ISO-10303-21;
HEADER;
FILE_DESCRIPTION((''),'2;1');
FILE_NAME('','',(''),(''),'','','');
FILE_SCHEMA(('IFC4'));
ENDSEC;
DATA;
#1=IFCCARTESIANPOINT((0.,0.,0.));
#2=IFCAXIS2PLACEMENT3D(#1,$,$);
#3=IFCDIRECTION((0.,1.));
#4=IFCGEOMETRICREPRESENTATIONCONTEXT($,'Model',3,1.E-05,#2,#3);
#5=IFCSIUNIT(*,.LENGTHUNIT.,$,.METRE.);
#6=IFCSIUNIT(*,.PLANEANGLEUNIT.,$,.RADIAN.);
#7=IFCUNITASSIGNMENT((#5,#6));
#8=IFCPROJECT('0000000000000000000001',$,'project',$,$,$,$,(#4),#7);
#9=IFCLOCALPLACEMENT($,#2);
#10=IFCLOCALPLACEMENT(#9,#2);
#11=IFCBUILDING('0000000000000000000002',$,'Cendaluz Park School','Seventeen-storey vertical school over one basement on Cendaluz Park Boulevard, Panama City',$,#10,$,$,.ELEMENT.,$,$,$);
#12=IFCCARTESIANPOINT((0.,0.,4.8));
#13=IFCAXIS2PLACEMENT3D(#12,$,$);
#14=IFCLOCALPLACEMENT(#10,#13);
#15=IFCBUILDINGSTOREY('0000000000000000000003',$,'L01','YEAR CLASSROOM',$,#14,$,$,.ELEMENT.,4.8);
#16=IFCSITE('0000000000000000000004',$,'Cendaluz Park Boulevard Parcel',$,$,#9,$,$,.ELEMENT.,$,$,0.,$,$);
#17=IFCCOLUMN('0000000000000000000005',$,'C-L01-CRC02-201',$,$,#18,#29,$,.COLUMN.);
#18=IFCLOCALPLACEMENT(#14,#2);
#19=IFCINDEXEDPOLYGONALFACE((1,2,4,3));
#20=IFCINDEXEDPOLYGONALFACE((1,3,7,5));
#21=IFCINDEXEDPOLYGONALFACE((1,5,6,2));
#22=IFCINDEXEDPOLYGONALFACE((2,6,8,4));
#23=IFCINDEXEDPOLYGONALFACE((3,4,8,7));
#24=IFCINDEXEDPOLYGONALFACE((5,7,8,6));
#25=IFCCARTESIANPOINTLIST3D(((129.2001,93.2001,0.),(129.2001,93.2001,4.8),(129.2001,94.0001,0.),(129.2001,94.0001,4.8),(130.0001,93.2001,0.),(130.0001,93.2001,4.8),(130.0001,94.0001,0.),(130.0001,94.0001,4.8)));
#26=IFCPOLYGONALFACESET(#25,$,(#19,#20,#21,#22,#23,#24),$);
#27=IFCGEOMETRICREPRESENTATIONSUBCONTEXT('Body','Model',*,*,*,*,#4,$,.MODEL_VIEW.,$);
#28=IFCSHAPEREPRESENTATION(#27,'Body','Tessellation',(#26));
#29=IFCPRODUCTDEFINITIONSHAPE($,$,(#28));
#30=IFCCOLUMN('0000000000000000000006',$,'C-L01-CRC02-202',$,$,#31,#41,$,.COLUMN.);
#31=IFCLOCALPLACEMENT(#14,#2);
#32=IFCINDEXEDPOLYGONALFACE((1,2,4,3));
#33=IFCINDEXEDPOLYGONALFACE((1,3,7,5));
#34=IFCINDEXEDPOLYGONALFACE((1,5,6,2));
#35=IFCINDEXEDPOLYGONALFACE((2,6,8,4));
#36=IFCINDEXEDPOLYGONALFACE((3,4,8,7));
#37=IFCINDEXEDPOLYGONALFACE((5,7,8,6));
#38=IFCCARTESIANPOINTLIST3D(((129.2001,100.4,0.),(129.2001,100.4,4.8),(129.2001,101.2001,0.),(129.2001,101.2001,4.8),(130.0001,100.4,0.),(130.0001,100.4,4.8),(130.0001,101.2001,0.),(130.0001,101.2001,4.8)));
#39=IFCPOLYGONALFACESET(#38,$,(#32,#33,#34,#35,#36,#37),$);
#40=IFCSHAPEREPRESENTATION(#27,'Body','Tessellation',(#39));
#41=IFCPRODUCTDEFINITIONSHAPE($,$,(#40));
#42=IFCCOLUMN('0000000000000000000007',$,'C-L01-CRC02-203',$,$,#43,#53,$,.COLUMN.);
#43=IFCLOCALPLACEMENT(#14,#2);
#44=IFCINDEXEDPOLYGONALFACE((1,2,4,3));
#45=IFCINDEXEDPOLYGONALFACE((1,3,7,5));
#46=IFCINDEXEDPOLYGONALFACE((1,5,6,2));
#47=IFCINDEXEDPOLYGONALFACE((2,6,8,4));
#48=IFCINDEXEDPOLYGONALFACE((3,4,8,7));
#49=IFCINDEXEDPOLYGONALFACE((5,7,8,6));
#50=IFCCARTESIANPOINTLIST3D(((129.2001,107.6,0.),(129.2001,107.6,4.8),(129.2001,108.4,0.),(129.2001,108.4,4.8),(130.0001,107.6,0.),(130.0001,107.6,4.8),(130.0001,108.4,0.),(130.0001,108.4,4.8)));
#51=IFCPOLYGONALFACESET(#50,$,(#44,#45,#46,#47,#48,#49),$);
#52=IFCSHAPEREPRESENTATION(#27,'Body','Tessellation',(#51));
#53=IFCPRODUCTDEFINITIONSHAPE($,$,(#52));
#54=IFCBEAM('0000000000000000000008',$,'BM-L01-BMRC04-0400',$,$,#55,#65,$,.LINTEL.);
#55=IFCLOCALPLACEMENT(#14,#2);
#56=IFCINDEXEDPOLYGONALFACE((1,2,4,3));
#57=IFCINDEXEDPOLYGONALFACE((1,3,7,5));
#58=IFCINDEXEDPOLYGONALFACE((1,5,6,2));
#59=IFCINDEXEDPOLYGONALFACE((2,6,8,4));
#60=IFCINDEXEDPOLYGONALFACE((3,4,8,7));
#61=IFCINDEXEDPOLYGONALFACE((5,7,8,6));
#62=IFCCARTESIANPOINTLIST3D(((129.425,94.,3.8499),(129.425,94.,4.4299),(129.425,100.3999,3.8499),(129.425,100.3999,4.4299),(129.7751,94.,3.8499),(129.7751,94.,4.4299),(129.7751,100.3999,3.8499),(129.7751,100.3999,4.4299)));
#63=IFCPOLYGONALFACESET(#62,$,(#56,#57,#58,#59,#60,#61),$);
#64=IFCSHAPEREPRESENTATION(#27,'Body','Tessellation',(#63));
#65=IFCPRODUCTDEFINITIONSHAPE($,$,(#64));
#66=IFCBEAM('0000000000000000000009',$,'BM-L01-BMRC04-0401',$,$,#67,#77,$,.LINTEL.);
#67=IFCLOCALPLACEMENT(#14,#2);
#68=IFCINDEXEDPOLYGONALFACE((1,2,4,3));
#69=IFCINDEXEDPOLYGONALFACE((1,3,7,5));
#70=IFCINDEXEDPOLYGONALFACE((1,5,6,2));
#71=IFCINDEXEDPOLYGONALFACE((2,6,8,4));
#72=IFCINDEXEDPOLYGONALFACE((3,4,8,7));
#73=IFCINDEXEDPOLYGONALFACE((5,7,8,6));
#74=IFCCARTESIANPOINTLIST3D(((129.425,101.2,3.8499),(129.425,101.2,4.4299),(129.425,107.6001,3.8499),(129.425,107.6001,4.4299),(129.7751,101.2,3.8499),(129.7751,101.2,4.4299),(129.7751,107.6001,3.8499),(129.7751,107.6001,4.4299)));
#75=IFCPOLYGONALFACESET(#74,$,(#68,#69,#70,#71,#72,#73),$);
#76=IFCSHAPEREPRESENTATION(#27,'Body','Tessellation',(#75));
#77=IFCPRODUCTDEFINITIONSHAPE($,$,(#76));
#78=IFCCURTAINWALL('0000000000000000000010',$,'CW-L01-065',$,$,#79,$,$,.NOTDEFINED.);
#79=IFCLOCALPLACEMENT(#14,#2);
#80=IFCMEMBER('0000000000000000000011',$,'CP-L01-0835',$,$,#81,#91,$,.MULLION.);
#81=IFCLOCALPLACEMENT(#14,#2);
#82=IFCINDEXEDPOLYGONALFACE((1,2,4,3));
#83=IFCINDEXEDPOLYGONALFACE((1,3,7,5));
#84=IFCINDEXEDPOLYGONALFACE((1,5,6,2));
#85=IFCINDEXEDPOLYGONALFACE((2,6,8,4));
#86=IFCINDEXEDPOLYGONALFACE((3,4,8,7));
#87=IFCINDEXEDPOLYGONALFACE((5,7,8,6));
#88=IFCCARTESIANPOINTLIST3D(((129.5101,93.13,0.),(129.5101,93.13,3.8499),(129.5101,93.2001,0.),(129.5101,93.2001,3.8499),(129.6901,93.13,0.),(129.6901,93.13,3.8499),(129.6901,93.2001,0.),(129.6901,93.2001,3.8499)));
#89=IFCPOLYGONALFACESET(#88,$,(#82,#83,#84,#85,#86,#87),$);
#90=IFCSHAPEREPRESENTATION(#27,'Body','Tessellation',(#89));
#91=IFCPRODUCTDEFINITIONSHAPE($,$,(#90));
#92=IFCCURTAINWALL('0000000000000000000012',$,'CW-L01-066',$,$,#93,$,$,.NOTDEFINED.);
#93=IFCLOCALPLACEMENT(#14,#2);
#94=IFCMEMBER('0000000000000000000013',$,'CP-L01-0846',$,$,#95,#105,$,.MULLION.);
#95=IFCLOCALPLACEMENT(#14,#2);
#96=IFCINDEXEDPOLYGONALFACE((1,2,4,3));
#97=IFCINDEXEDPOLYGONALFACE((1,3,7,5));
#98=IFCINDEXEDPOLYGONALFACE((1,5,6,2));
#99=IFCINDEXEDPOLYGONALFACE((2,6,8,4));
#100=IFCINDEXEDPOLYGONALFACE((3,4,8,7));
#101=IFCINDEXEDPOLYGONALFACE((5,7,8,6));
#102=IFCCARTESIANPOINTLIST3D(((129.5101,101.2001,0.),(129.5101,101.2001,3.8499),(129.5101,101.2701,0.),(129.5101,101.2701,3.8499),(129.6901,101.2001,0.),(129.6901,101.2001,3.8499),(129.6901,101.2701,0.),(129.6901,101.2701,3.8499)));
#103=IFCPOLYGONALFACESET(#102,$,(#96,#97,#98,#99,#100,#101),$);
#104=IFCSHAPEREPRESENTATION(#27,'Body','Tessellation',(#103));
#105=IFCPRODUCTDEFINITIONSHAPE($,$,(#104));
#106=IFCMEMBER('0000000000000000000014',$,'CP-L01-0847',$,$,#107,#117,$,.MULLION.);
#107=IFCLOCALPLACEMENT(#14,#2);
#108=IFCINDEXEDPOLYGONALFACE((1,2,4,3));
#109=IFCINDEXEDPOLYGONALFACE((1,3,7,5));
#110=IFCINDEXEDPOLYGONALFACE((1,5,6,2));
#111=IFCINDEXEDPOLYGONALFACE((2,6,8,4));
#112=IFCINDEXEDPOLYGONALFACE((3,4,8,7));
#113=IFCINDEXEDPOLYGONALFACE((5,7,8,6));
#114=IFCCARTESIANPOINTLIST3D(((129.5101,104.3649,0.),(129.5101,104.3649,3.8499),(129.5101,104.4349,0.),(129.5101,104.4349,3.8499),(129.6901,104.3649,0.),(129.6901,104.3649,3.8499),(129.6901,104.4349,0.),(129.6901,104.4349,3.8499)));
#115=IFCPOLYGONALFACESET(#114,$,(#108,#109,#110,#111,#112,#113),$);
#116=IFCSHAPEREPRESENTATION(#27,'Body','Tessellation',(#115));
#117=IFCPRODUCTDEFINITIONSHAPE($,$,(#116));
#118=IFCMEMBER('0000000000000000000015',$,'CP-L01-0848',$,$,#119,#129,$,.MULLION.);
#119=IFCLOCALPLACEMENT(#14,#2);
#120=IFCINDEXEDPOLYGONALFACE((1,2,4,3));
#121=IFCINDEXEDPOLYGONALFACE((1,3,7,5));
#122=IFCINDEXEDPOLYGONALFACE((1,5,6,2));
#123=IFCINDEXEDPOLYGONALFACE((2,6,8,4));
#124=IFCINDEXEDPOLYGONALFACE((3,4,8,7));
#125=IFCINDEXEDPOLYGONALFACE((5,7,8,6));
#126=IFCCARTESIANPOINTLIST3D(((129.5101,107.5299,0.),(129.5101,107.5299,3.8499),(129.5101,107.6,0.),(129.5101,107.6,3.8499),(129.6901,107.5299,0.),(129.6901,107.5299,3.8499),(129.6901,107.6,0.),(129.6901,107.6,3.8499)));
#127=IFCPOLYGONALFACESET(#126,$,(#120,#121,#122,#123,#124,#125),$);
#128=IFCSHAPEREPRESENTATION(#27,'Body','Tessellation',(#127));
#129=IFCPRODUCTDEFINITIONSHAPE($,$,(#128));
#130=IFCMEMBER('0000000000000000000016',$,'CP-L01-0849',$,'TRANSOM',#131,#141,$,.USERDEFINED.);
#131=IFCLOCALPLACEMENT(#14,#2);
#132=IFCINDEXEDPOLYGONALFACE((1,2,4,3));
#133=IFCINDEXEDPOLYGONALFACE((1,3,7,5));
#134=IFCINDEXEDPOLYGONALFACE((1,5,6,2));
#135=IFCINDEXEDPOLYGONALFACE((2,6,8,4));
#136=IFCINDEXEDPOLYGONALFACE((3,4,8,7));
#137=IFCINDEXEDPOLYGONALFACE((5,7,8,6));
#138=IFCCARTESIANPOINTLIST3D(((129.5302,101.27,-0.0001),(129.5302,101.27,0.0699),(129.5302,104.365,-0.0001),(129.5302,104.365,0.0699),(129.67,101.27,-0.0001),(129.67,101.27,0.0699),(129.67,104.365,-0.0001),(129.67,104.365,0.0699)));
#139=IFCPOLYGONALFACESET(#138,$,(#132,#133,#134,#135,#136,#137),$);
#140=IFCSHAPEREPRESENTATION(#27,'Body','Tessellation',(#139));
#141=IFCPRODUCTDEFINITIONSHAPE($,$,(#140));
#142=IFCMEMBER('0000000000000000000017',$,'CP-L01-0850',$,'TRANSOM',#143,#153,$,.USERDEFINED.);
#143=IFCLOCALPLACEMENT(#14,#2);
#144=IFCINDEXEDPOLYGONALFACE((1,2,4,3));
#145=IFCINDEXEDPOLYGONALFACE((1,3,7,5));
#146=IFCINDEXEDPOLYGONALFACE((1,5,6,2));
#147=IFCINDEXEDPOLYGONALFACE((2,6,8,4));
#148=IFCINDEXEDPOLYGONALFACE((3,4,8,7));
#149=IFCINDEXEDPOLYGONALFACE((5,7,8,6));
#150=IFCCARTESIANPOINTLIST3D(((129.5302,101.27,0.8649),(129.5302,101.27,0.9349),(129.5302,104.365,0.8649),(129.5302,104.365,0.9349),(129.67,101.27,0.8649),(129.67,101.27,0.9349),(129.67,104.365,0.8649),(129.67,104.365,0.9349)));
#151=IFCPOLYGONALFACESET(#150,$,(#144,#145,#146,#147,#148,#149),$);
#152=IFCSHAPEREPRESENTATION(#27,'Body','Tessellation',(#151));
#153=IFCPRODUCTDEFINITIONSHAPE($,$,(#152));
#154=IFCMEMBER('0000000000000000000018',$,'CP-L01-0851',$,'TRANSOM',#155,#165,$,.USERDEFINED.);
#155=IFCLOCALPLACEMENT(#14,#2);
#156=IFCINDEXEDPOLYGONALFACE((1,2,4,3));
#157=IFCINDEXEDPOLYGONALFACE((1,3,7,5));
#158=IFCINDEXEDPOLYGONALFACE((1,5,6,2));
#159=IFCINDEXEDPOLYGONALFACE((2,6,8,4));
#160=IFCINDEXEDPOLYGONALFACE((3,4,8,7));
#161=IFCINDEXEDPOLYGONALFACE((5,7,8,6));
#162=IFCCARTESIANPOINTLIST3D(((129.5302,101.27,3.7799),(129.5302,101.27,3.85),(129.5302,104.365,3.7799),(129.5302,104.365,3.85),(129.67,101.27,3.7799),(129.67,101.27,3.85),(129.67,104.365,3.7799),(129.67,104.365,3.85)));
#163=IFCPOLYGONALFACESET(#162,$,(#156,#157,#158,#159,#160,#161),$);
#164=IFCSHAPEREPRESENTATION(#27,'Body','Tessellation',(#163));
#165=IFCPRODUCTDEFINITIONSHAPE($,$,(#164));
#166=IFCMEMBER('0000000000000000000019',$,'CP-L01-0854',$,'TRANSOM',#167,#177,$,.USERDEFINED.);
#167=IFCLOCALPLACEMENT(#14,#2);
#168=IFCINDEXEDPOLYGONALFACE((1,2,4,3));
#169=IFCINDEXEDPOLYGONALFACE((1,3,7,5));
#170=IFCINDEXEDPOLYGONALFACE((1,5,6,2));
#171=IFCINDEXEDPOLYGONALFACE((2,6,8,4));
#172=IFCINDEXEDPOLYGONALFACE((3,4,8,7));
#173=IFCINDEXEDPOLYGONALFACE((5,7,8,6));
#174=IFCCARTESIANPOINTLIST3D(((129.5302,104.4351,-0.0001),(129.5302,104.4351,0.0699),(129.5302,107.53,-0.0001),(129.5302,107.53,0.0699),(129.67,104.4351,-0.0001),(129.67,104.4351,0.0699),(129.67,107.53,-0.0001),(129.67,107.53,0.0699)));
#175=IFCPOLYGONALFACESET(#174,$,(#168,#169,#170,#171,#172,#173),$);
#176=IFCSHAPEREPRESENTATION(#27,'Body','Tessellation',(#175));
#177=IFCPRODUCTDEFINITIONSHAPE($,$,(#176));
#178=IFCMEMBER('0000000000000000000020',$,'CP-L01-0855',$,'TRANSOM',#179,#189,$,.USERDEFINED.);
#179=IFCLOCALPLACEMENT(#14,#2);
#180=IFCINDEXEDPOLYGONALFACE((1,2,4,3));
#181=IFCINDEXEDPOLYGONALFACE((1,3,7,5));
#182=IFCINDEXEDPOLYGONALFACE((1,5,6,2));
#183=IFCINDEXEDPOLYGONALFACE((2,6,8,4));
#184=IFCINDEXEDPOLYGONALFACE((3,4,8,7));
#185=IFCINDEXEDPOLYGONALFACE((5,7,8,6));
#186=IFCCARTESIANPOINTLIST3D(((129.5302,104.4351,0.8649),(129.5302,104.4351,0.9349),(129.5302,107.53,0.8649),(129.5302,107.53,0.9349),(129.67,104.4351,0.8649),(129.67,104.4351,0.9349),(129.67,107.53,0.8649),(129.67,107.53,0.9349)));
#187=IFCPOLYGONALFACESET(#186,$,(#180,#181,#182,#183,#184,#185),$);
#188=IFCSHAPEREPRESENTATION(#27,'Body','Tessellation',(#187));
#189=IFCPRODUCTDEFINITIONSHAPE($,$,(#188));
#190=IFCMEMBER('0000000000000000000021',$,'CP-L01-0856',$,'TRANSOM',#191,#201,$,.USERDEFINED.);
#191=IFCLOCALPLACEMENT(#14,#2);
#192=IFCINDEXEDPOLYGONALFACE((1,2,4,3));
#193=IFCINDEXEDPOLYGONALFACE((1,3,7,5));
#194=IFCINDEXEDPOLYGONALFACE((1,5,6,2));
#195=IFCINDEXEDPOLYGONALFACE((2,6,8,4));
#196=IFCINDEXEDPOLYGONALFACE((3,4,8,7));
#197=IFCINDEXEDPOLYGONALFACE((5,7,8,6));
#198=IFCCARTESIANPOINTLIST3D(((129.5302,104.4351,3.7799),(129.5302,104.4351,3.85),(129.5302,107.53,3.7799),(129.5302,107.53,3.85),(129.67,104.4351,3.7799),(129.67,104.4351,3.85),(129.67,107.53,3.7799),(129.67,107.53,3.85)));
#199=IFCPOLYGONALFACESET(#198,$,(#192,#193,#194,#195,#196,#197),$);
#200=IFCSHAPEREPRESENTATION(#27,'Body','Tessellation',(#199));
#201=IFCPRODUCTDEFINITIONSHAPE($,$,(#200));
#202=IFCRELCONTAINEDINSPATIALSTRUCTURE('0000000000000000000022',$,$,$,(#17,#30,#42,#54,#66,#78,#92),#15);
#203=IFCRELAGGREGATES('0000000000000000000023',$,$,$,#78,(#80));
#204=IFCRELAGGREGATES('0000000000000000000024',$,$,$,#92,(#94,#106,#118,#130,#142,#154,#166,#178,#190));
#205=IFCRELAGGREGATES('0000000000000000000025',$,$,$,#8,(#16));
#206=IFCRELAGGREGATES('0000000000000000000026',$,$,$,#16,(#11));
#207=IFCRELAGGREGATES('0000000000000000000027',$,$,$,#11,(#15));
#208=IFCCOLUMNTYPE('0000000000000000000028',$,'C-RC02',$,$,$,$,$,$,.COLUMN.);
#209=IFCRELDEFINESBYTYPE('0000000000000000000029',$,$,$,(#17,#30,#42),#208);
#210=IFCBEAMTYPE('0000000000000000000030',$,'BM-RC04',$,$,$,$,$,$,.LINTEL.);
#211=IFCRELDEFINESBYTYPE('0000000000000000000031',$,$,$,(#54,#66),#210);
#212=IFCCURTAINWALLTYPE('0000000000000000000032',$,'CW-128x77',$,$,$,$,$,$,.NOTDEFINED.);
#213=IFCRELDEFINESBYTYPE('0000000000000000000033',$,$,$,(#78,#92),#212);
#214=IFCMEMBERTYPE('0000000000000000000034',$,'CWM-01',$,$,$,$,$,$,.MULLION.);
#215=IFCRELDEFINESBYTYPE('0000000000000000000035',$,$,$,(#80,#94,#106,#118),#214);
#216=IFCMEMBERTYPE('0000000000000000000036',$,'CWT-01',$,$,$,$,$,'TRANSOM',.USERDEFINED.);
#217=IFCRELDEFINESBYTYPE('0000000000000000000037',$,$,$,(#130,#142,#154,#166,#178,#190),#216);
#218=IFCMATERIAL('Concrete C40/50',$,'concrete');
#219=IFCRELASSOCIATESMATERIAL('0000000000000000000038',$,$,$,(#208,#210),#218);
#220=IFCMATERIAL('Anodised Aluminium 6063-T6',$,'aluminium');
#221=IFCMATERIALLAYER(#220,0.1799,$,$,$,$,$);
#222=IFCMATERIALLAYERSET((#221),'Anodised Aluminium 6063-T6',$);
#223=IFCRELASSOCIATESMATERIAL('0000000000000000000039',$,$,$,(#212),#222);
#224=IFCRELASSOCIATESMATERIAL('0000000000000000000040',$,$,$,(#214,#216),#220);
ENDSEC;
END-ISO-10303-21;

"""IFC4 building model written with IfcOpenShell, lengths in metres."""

from ifc_helpers import new_model, si_unit, direction, frame, origin, origin_2d, place, context, subcontext, project, spatial, rectangle, extrude, material, layer, layer_set, material_profile, profile_set, type_object, element, aggregate, save


model = new_model("IFC4")

# Units and contexts
model_context = context("Model", 3, precision=1e-05, world=origin(), true_north=direction((0.0, 1.0)))
body_context = subcontext(model_context, "Body", "Model", "MODEL_VIEW")
ifc_project = project(units=[si_unit("LENGTHUNIT", "METRE"), si_unit("PLANEANGLEUNIT", "RADIAN")], contexts=[model_context])

# Site, building, storey
site_placement = place(None, origin())
site = spatial("IfcSite", under=ifc_project, at=site_placement, Name="Cendaluz Park Boulevard Parcel", CompositionType="ELEMENT", RefElevation=0.0)
building_placement = place(site_placement, origin())
building = spatial("IfcBuilding", under=site, at=building_placement, Name="Cendaluz Park School", Description="Seventeen-storey vertical school over one basement on Cendaluz Park Boulevard, Panama City", CompositionType="ELEMENT")
storey_placement = place(building_placement, frame((0.0, 0.0, 4.8)))
storey = spatial("IfcBuildingStorey", under=building, at=storey_placement, Name="L01", Description="YEAR CLASSROOM", CompositionType="ELEMENT", Elevation=4.8)

# Columns
ifc_material_1 = material(Name="Concrete C40/50", Category="concrete")
ifc_material_profile_1 = material_profile(ifc_material_1, rectangle(XDim=0.8, YDim=0.8, at=origin_2d()), Name="RC 800x800", Category="concrete")
ifc_profile_set_1 = profile_set([ifc_material_profile_1], Name="Concrete C40/50")
column_type = type_object("IfcColumnType", Name="C-RC02", PredefinedType="COLUMN", material=ifc_profile_set_1)
for number, where, z_axis, x_axis, name in (
    (1, (129.6001, 93.6001, 0.0), (0.0, 0.0, 1.0), (1.0, 0.0, 0.0), "C-L01-CRC02-201"),
    (2, (129.6001, 100.8, 0.0), (0.0, 0.0, 1.0), (1.0, 0.0, 0.0), "C-L01-CRC02-202"),
    (3, (129.6001, 108.0, 0.0), (0.0, 0.0, 1.0), (1.0, 0.0, 0.0), "C-L01-CRC02-203"),
):
    element("IfcColumn", number, at=place(storey_placement, frame(where, z_axis=z_axis, x_axis=x_axis)), inside=storey, type_object=column_type, Name=name, PredefinedType="COLUMN", context=body_context, shape_type="SweptSolid", body=[
        extrude(rectangle(XDim=0.8, YDim=0.8, at=origin_2d()), origin(), (0.0, 0.0, 1.0), 4.8),
    ])

# Beams
ifc_material_profile_2 = material_profile(ifc_material_1, rectangle(XDim=0.3501, YDim=0.5801, at=origin_2d()), Name="RC 350x580", Category="concrete")
ifc_profile_set_2 = profile_set([ifc_material_profile_2], Name="Concrete C40/50")
beam_type = type_object("IfcBeamType", Name="BM-RC04", PredefinedType="LINTEL", material=ifc_profile_set_2)
beam_1_placement = place(storey_placement, frame((129.6001, 94.0, 4.1399), z_axis=(0.0, 1.0, 0.0), x_axis=(-1.0, 0.0, 0.0)))
element("IfcBeam", 4, at=beam_1_placement, inside=storey, type_object=beam_type, Name="BM-L01-BMRC04-0400", PredefinedType="LINTEL", context=body_context, shape_type="SweptSolid", body=[
    extrude(rectangle(XDim=0.3501, YDim=0.5801, at=origin_2d()), origin(), (0.0, 0.0, 1.0), 6.3999),
])
beam_2_placement = place(storey_placement, frame((129.6001, 101.2, 4.1399), z_axis=(0.0, 1.0, 0.0), x_axis=(-1.0, 0.0, 0.0)))
element("IfcBeam", 5, at=beam_2_placement, inside=storey, type_object=beam_type, Name="BM-L01-BMRC04-0401", PredefinedType="LINTEL", context=body_context, shape_type="SweptSolid", body=[
    extrude(rectangle(XDim=0.3501, YDim=0.5801, at=origin_2d()), origin(), (0.0, 0.0, 1.0), 6.4001),
])

# Curtain wall, member
ifc_material_2 = material(Name="Anodised Aluminium 6063-T6", Category="aluminium")
ifc_layer_1 = layer(ifc_material_2, 0.1799)
ifc_layer_set_1 = layer_set([ifc_layer_1], Name="Anodised Aluminium 6063-T6")
curtain_wall_type = type_object("IfcCurtainWallType", Name="CW-128x77", PredefinedType="NOTDEFINED", material=ifc_layer_set_1)
curtain_wall_1_placement = place(storey_placement, origin())
curtain_wall_1 = element("IfcCurtainWall", 6, at=curtain_wall_1_placement, inside=storey, type_object=curtain_wall_type, Name="CW-L01-065", PredefinedType="NOTDEFINED")
ifc_material_profile_3 = material_profile(ifc_material_2, rectangle(XDim=0.1799, YDim=0.0701, at=origin_2d()), Name="CWM 180x70", Category="aluminium")
ifc_profile_set_3 = profile_set([ifc_material_profile_3], Name="Anodised Aluminium 6063-T6")
member_type_1 = type_object("IfcMemberType", Name="CWM-01", PredefinedType="MULLION", material=ifc_profile_set_3)
member_1_placement = place(storey_placement, frame((129.6001, 93.165, 0.0), z_axis=(0.0, 0.0, 1.0), x_axis=(-1.0, 0.0, 0.0)))
member_1 = element("IfcMember", 7, at=member_1_placement, type_object=member_type_1, Name="CP-L01-0835", PredefinedType="MULLION", context=body_context, shape_type="SweptSolid", body=[
    extrude(rectangle(XDim=0.1799, YDim=0.0701, at=origin_2d()), origin(), (0.0, 0.0, 1.0), 3.8499),
])
aggregate(curtain_wall_1, [member_1])

# Curtain wall, members
curtain_wall_2_placement = place(storey_placement, origin())
curtain_wall_2 = element("IfcCurtainWall", 8, at=curtain_wall_2_placement, inside=storey, type_object=curtain_wall_type, Name="CW-L01-066", PredefinedType="NOTDEFINED")
member_2_placement = place(storey_placement, frame((129.6001, 101.2351, 0.0), z_axis=(0.0, 0.0, 1.0), x_axis=(-1.0, 0.0, 0.0)))
member_2 = element("IfcMember", 9, at=member_2_placement, type_object=member_type_1, Name="CP-L01-0846", PredefinedType="MULLION", context=body_context, shape_type="SweptSolid", body=[
    extrude(rectangle(XDim=0.1799, YDim=0.0701, at=origin_2d()), origin(), (0.0, 0.0, 1.0), 3.8499),
])
member_3_placement = place(storey_placement, frame((129.6001, 104.3999, 0.0), z_axis=(0.0, 0.0, 1.0), x_axis=(-1.0, 0.0, 0.0)))
member_3 = element("IfcMember", 10, at=member_3_placement, type_object=member_type_1, Name="CP-L01-0847", PredefinedType="MULLION", context=body_context, shape_type="SweptSolid", body=[
    extrude(rectangle(XDim=0.1799, YDim=0.0701, at=origin_2d()), origin(), (0.0, 0.0, 1.0), 3.8499),
])
member_4_placement = place(storey_placement, frame((129.6001, 107.5649, 0.0), z_axis=(0.0, 0.0, 1.0), x_axis=(-1.0, 0.0, 0.0)))
member_4 = element("IfcMember", 11, at=member_4_placement, type_object=member_type_1, Name="CP-L01-0848", PredefinedType="MULLION", context=body_context, shape_type="SweptSolid", body=[
    extrude(rectangle(XDim=0.1799, YDim=0.0701, at=origin_2d()), origin(), (0.0, 0.0, 1.0), 3.8499),
])
ifc_material_profile_4 = material_profile(ifc_material_2, rectangle(XDim=0.1399, YDim=0.0701, at=origin_2d()), Name="CWT 140x70", Category="aluminium")
ifc_profile_set_4 = profile_set([ifc_material_profile_4], Name="Anodised Aluminium 6063-T6")
member_type_2 = type_object("IfcMemberType", Name="CWT-01", ElementType="TRANSOM", PredefinedType="USERDEFINED", material=ifc_profile_set_4)
member_5_placement = place(storey_placement, frame((129.6001, 101.27, 0.0349), z_axis=(0.0, 1.0, 0.0), x_axis=(-1.0, 0.0, 0.0)))
member_5 = element("IfcMember", 12, at=member_5_placement, type_object=member_type_2, Name="CP-L01-0849", ObjectType="TRANSOM", PredefinedType="USERDEFINED", context=body_context, shape_type="SweptSolid", body=[
    extrude(rectangle(XDim=0.1399, YDim=0.0701, at=origin_2d()), origin(), (0.0, 0.0, 1.0), 3.095),
])
member_6_placement = place(storey_placement, frame((129.6001, 101.27, 0.8999), z_axis=(0.0, 1.0, 0.0), x_axis=(-1.0, 0.0, 0.0)))
member_6 = element("IfcMember", 13, at=member_6_placement, type_object=member_type_2, Name="CP-L01-0850", ObjectType="TRANSOM", PredefinedType="USERDEFINED", context=body_context, shape_type="SweptSolid", body=[
    extrude(rectangle(XDim=0.1399, YDim=0.0701, at=origin_2d()), origin(), (0.0, 0.0, 1.0), 3.095),
])
member_7_placement = place(storey_placement, frame((129.6001, 101.27, 3.8149), z_axis=(0.0, 1.0, 0.0), x_axis=(-1.0, 0.0, 0.0)))
member_7 = element("IfcMember", 14, at=member_7_placement, type_object=member_type_2, Name="CP-L01-0851", ObjectType="TRANSOM", PredefinedType="USERDEFINED", context=body_context, shape_type="SweptSolid", body=[
    extrude(rectangle(XDim=0.1399, YDim=0.0701, at=origin_2d()), origin(), (0.0, 0.0, 1.0), 3.095),
])
member_8_placement = place(storey_placement, frame((129.6001, 104.4351, 0.0349), z_axis=(0.0, 1.0, 0.0), x_axis=(-1.0, 0.0, 0.0)))
member_8 = element("IfcMember", 15, at=member_8_placement, type_object=member_type_2, Name="CP-L01-0854", ObjectType="TRANSOM", PredefinedType="USERDEFINED", context=body_context, shape_type="SweptSolid", body=[
    extrude(rectangle(XDim=0.1399, YDim=0.0701, at=origin_2d()), origin(), (0.0, 0.0, 1.0), 3.095),
])
member_9_placement = place(storey_placement, frame((129.6001, 104.4351, 0.8999), z_axis=(0.0, 1.0, 0.0), x_axis=(-1.0, 0.0, 0.0)))
member_9 = element("IfcMember", 16, at=member_9_placement, type_object=member_type_2, Name="CP-L01-0855", ObjectType="TRANSOM", PredefinedType="USERDEFINED", context=body_context, shape_type="SweptSolid", body=[
    extrude(rectangle(XDim=0.1399, YDim=0.0701, at=origin_2d()), origin(), (0.0, 0.0, 1.0), 3.095),
])
member_10_placement = place(storey_placement, frame((129.6001, 104.4351, 3.8149), z_axis=(0.0, 1.0, 0.0), x_axis=(-1.0, 0.0, 0.0)))
member_10 = element("IfcMember", 17, at=member_10_placement, type_object=member_type_2, Name="CP-L01-0856", ObjectType="TRANSOM", PredefinedType="USERDEFINED", context=body_context, shape_type="SweptSolid", body=[
    extrude(rectangle(XDim=0.1399, YDim=0.0701, at=origin_2d()), origin(), (0.0, 0.0, 1.0), 3.095),
])
aggregate(curtain_wall_2, [member_2, member_3, member_4, member_5, member_6, member_7, member_8, member_9, member_10])

save(model, "model.ifc")
